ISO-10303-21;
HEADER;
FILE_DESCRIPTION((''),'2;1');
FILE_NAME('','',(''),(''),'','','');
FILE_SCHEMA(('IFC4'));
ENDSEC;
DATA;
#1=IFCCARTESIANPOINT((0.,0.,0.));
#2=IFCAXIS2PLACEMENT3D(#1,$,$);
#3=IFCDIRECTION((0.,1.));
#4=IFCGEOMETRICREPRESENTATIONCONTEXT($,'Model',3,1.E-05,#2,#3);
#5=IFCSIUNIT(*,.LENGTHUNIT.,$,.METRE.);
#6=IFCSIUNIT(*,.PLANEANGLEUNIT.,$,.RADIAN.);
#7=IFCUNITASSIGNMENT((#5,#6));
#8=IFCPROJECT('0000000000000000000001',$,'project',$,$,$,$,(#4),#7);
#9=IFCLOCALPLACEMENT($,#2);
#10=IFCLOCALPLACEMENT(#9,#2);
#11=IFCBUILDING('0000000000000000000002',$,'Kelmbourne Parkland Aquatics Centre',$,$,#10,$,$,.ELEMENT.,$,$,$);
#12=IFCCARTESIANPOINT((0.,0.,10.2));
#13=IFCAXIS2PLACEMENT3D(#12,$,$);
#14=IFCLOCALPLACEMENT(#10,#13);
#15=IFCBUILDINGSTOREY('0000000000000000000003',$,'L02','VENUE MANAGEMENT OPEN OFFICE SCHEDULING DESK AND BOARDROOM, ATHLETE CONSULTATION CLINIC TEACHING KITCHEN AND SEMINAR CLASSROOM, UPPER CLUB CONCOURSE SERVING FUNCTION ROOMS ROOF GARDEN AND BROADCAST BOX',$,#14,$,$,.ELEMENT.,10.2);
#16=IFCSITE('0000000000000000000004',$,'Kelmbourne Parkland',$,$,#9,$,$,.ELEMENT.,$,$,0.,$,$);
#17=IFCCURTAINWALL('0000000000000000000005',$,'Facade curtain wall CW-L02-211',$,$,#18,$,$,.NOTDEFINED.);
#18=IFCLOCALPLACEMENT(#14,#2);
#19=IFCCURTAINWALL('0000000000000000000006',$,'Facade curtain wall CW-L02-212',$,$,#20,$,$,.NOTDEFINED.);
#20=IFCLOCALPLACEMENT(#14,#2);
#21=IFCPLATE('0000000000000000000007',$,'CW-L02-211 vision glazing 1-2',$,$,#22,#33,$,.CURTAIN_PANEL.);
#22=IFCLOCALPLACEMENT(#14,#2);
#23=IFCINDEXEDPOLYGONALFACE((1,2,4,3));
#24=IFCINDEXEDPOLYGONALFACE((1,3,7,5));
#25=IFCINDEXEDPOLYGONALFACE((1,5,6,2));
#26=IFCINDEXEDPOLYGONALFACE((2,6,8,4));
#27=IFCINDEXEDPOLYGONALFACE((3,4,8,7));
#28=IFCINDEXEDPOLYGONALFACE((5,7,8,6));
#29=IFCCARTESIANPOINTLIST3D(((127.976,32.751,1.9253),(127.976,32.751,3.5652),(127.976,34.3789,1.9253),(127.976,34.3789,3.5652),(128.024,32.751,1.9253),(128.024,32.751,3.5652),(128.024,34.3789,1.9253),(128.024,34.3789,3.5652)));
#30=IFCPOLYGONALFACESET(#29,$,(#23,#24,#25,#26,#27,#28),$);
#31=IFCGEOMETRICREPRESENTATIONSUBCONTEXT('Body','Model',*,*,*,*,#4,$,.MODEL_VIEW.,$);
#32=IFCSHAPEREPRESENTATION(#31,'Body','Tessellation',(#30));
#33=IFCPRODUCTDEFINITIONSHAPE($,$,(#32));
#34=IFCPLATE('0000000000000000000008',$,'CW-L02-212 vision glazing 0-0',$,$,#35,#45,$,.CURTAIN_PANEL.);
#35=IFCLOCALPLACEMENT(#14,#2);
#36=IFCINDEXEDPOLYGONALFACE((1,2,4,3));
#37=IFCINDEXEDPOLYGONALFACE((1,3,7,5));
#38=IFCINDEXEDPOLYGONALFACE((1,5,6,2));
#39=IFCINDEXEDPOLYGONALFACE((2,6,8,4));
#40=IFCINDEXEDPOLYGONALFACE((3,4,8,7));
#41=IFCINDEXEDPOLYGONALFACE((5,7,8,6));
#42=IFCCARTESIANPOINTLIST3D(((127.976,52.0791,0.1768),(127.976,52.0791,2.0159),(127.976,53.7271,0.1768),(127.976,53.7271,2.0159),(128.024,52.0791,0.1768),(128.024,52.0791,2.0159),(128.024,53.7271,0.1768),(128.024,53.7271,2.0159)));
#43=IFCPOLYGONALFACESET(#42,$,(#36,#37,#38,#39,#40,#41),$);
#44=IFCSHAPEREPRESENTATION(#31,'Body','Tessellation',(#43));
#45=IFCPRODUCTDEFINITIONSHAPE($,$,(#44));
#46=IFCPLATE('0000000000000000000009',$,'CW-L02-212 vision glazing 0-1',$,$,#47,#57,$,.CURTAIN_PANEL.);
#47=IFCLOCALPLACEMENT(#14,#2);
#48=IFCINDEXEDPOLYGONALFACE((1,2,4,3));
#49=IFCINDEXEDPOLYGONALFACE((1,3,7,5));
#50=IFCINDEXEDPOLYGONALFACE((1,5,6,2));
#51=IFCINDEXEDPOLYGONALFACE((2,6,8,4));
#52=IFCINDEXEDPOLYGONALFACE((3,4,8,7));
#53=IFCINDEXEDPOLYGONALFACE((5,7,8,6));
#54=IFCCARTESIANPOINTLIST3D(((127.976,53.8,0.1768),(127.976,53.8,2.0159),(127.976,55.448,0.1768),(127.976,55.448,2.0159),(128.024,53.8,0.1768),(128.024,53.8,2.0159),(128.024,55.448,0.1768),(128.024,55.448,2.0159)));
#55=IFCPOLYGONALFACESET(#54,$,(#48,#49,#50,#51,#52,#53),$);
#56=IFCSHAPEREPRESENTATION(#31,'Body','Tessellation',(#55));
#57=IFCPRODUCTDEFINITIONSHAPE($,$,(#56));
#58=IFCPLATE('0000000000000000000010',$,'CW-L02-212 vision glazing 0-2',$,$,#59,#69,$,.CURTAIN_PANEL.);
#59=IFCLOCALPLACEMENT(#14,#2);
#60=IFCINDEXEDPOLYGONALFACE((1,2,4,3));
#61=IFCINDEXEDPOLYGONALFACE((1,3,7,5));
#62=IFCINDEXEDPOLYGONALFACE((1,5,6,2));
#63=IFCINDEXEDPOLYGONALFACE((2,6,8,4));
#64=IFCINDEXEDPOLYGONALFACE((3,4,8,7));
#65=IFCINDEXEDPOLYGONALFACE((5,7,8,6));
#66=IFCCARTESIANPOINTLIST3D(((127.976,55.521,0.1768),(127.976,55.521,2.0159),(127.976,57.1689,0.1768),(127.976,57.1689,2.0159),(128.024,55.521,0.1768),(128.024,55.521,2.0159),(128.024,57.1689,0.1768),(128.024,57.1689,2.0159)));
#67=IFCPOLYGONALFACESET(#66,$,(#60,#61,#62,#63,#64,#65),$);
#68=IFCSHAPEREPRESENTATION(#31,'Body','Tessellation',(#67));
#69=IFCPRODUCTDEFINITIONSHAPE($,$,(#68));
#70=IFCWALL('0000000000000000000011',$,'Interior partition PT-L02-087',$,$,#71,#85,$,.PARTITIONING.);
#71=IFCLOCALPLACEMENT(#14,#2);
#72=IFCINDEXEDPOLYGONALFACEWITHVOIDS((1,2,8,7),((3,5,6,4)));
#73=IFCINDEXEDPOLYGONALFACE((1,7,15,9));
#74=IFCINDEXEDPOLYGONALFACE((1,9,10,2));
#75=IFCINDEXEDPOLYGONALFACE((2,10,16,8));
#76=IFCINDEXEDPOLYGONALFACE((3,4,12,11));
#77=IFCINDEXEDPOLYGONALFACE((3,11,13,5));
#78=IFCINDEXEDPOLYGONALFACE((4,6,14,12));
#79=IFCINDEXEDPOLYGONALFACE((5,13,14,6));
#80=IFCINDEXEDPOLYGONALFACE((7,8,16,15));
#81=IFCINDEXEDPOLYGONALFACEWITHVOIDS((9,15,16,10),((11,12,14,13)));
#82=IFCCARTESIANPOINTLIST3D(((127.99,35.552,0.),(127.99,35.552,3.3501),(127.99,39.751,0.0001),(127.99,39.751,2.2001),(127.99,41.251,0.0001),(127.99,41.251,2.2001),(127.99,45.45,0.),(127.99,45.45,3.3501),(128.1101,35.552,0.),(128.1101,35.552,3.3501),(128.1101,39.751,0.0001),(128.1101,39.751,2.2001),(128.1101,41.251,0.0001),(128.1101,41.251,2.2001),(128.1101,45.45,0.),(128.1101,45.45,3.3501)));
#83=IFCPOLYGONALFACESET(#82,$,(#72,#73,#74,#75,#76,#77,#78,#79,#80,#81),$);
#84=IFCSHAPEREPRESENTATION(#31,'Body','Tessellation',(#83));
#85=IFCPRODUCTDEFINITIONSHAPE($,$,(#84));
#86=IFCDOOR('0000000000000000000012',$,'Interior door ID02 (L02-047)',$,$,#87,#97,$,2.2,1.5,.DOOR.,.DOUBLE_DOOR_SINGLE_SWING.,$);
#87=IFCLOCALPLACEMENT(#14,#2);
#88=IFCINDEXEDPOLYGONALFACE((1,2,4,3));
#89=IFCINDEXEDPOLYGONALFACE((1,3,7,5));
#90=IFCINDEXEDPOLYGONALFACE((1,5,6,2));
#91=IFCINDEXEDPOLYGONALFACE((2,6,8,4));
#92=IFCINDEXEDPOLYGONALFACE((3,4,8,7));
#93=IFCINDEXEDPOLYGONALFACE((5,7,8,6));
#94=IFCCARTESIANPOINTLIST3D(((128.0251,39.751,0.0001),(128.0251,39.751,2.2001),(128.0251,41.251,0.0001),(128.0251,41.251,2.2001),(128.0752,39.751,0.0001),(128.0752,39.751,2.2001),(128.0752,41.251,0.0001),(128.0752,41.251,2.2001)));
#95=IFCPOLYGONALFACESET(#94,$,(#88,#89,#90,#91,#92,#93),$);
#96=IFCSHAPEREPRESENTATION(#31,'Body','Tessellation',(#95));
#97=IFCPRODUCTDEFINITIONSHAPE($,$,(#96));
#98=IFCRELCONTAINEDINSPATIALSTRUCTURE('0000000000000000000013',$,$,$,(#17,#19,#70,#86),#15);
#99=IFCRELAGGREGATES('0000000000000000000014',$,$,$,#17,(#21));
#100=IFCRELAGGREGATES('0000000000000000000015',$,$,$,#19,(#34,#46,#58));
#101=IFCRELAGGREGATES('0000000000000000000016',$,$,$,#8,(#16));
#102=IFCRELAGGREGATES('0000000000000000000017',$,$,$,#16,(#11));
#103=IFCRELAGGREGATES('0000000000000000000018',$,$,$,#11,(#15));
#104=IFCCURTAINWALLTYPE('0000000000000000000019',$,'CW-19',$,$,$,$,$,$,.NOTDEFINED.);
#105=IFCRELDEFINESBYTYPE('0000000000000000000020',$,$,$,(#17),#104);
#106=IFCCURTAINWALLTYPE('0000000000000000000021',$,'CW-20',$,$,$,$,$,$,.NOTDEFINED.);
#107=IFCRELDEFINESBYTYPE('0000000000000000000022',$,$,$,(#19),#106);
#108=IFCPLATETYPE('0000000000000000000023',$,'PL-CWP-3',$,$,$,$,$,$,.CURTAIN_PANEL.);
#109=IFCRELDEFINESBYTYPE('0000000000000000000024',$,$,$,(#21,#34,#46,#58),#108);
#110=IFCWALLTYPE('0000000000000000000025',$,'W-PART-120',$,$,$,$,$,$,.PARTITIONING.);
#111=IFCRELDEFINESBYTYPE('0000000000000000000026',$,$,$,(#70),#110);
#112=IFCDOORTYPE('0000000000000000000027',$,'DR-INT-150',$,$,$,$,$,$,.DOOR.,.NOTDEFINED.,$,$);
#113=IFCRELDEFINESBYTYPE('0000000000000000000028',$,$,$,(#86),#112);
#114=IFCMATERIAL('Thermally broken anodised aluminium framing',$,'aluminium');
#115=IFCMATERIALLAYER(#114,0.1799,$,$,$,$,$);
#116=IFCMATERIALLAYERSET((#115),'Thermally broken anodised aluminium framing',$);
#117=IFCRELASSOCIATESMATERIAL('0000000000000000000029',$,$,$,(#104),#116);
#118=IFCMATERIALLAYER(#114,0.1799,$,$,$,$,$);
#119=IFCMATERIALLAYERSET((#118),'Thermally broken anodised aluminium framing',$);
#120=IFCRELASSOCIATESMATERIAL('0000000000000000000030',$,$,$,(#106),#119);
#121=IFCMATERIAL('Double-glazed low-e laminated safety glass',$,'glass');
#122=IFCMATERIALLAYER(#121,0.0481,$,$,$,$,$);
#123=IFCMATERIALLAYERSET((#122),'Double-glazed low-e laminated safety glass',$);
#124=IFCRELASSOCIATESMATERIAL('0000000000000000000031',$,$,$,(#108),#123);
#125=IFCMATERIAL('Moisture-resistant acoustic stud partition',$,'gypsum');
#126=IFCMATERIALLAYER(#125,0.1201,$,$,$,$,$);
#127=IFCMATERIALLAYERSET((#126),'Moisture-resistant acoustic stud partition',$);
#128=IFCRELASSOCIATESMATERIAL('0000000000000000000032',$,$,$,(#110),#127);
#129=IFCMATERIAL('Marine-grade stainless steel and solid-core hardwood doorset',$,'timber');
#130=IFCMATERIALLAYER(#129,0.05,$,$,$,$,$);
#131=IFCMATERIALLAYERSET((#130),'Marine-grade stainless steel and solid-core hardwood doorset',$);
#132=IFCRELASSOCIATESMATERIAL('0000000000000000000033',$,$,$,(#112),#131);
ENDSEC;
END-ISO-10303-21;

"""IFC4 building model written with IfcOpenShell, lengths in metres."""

from ifc_helpers import new_model, si_unit, direction, frame, frame_2d, origin, origin_2d, place, context, subcontext, project, spatial, rectangle, extrude, material, layer, layer_set, type_object, element, fill, aggregate, save


model = new_model("IFC4")

# Units and contexts
model_context = context("Model", 3, precision=1e-05, world=origin(), true_north=direction((0.0, 1.0)))
body_context = subcontext(model_context, "Body", "Model", "MODEL_VIEW")
ifc_project = project(units=[si_unit("LENGTHUNIT", "METRE"), si_unit("PLANEANGLEUNIT", "RADIAN")], contexts=[model_context])

# Site, building, storey
site_placement = place(None, origin())
site = spatial("IfcSite", under=ifc_project, at=site_placement, Name="Kelmbourne Parkland", CompositionType="ELEMENT", RefElevation=0.0)
building_placement = place(site_placement, origin())
building = spatial("IfcBuilding", under=site, at=building_placement, Name="Kelmbourne Parkland Aquatics Centre", CompositionType="ELEMENT")
storey_placement = place(building_placement, frame((0.0, 0.0, 10.2)))
storey = spatial("IfcBuildingStorey", under=building, at=storey_placement, Name="L02", Description="VENUE MANAGEMENT OPEN OFFICE SCHEDULING DESK AND BOARDROOM, ATHLETE CONSULTATION CLINIC TEACHING KITCHEN AND SEMINAR CLASSROOM, UPPER CLUB CONCOURSE SERVING FUNCTION ROOMS ROOF GARDEN AND BROADCAST BOX", CompositionType="ELEMENT", Elevation=10.2)

# Curtain wall
ifc_material_1 = material(Name="Thermally broken anodised aluminium framing", Category="aluminium")
ifc_layer_1 = layer(ifc_material_1, 0.1799)
ifc_layer_set_1 = layer_set([ifc_layer_1], Name="Thermally broken anodised aluminium framing")
curtain_wall_type_1 = type_object("IfcCurtainWallType", Name="CW-19", PredefinedType="NOTDEFINED", material=ifc_layer_set_1)
curtain_wall_1_placement = place(storey_placement, origin())
curtain_wall_1 = element("IfcCurtainWall", 1, at=curtain_wall_1_placement, inside=storey, type_object=curtain_wall_type_1, Name="Facade curtain wall CW-L02-211", PredefinedType="NOTDEFINED")

# Curtain wall
ifc_layer_2 = layer(ifc_material_1, 0.1799)
ifc_layer_set_2 = layer_set([ifc_layer_2], Name="Thermally broken anodised aluminium framing")
curtain_wall_type_2 = type_object("IfcCurtainWallType", Name="CW-20", PredefinedType="NOTDEFINED", material=ifc_layer_set_2)
curtain_wall_2_placement = place(storey_placement, origin())
curtain_wall_2 = element("IfcCurtainWall", 2, at=curtain_wall_2_placement, inside=storey, type_object=curtain_wall_type_2, Name="Facade curtain wall CW-L02-212", PredefinedType="NOTDEFINED")

# Plates
ifc_material_2 = material(Name="Double-glazed low-e laminated safety glass", Category="glass")
ifc_layer_3 = layer(ifc_material_2, 0.0481)
ifc_layer_set_3 = layer_set([ifc_layer_3], Name="Double-glazed low-e laminated safety glass")
plate_type_1 = type_object("IfcPlateType", Name="PL-CWP-3", PredefinedType="CURTAIN_PANEL", material=ifc_layer_set_3)
plate_1_placement = place(storey_placement, frame((128.0, 33.5649, 1.9253), z_axis=(0.0, 0.0, 1.0), x_axis=(0.0, 1.0, 0.0)))
plate_1 = element("IfcPlate", 3, at=plate_1_placement, type_object=plate_type_1, Name="CW-L02-211 vision glazing 1-2", PredefinedType="CURTAIN_PANEL", context=body_context, shape_type="SweptSolid", body=[
    extrude(rectangle(XDim=1.6279, YDim=0.0481, at=origin_2d()), origin(), (0.0, 0.0, 1.0), 1.6399),
])
aggregate(curtain_wall_1, [plate_1])
plate_2_placement = place(storey_placement, frame((128.0, 52.9031, 0.1768), z_axis=(0.0, 0.0, 1.0), x_axis=(0.0, 1.0, 0.0)))
plate_2 = element("IfcPlate", 4, at=plate_2_placement, type_object=plate_type_1, Name="CW-L02-212 vision glazing 0-0", PredefinedType="CURTAIN_PANEL", context=body_context, shape_type="SweptSolid", body=[
    extrude(rectangle(XDim=1.6479, YDim=0.0481, at=origin_2d()), origin(), (0.0, 0.0, 1.0), 1.8391),
])
plate_3_placement = place(storey_placement, frame((128.0, 54.624, 0.1768), z_axis=(0.0, 0.0, 1.0), x_axis=(0.0, 1.0, 0.0)))
plate_3 = element("IfcPlate", 5, at=plate_3_placement, type_object=plate_type_1, Name="CW-L02-212 vision glazing 0-1", PredefinedType="CURTAIN_PANEL", context=body_context, shape_type="SweptSolid", body=[
    extrude(rectangle(XDim=1.6479, YDim=0.0481, at=origin_2d()), origin(), (0.0, 0.0, 1.0), 1.8391),
])
plate_4_placement = place(storey_placement, frame((128.0, 56.345, 0.1768), z_axis=(0.0, 0.0, 1.0), x_axis=(0.0, 1.0, 0.0)))
plate_4 = element("IfcPlate", 6, at=plate_4_placement, type_object=plate_type_1, Name="CW-L02-212 vision glazing 0-2", PredefinedType="CURTAIN_PANEL", context=body_context, shape_type="SweptSolid", body=[
    extrude(rectangle(XDim=1.6479, YDim=0.0481, at=origin_2d()), origin(), (0.0, 0.0, 1.0), 1.8391),
])
aggregate(curtain_wall_2, [plate_2, plate_3, plate_4])

# Wall, opening, door
ifc_material_3 = material(Name="Moisture-resistant acoustic stud partition", Category="gypsum")
ifc_layer_4 = layer(ifc_material_3, 0.1201)
ifc_layer_set_4 = layer_set([ifc_layer_4], Name="Moisture-resistant acoustic stud partition")
wall_type = type_object("IfcWallType", Name="W-PART-120", PredefinedType="PARTITIONING", material=ifc_layer_set_4)
wall_placement = place(storey_placement, frame((128.05, 35.552, 0.0), z_axis=(0.0, 0.0, 1.0), x_axis=(0.0, 1.0, 0.0)))
wall = element("IfcWall", 7, at=wall_placement, inside=storey, type_object=wall_type, Name="Interior partition PT-L02-087", PredefinedType="PARTITIONING", context=body_context, shape_type="SweptSolid", body=[
    extrude(rectangle(XDim=9.8979, YDim=0.1201, at=frame_2d((4.949, 0.0))), origin(), (0.0, 0.0, 1.0), 3.3501),
])
opening_placement = place(wall_placement, frame((4.199, 0.0, 0.0)))
opening = element("IfcOpeningElement", 8, at=opening_placement, cuts=wall, PredefinedType="OPENING", context=body_context, shape_type="SweptSolid", body=[
    extrude(rectangle(XDim=1.5, YDim=2.2, at=frame_2d((0.75, 1.1001))), frame((0.0, 0.072, 0.0), z_axis=(0.0, -1.0, 0.0), x_axis=(1.0, 0.0, 0.0)), (0.0, 0.0, 1.0), 0.144),
])
ifc_material_4 = material(Name="Marine-grade stainless steel and solid-core hardwood doorset", Category="timber")
ifc_layer_5 = layer(ifc_material_4, 0.05)
ifc_layer_set_5 = layer_set([ifc_layer_5], Name="Marine-grade stainless steel and solid-core hardwood doorset")
door_type = type_object("IfcDoorType", Name="DR-INT-150", OperationType="NOTDEFINED", PredefinedType="DOOR", material=ifc_layer_set_5)
door_placement = place(opening_placement, origin())
door = element("IfcDoor", 9, at=door_placement, inside=storey, type_object=door_type, Name="Interior door ID02 (L02-047)", OperationType="DOUBLE_DOOR_SINGLE_SWING", OverallHeight=2.2, OverallWidth=1.5, PredefinedType="DOOR", context=body_context, shape_type="SweptSolid", body=[
    extrude(rectangle(XDim=1.5, YDim=2.2, at=frame_2d((0.75, 1.1001))), frame((0.0, 0.0249, 0.0), z_axis=(0.0, -1.0, 0.0), x_axis=(1.0, 0.0, 0.0)), (0.0, 0.0, 1.0), 0.05),
])
fill(opening, door)

save(model, "model.ifc")
